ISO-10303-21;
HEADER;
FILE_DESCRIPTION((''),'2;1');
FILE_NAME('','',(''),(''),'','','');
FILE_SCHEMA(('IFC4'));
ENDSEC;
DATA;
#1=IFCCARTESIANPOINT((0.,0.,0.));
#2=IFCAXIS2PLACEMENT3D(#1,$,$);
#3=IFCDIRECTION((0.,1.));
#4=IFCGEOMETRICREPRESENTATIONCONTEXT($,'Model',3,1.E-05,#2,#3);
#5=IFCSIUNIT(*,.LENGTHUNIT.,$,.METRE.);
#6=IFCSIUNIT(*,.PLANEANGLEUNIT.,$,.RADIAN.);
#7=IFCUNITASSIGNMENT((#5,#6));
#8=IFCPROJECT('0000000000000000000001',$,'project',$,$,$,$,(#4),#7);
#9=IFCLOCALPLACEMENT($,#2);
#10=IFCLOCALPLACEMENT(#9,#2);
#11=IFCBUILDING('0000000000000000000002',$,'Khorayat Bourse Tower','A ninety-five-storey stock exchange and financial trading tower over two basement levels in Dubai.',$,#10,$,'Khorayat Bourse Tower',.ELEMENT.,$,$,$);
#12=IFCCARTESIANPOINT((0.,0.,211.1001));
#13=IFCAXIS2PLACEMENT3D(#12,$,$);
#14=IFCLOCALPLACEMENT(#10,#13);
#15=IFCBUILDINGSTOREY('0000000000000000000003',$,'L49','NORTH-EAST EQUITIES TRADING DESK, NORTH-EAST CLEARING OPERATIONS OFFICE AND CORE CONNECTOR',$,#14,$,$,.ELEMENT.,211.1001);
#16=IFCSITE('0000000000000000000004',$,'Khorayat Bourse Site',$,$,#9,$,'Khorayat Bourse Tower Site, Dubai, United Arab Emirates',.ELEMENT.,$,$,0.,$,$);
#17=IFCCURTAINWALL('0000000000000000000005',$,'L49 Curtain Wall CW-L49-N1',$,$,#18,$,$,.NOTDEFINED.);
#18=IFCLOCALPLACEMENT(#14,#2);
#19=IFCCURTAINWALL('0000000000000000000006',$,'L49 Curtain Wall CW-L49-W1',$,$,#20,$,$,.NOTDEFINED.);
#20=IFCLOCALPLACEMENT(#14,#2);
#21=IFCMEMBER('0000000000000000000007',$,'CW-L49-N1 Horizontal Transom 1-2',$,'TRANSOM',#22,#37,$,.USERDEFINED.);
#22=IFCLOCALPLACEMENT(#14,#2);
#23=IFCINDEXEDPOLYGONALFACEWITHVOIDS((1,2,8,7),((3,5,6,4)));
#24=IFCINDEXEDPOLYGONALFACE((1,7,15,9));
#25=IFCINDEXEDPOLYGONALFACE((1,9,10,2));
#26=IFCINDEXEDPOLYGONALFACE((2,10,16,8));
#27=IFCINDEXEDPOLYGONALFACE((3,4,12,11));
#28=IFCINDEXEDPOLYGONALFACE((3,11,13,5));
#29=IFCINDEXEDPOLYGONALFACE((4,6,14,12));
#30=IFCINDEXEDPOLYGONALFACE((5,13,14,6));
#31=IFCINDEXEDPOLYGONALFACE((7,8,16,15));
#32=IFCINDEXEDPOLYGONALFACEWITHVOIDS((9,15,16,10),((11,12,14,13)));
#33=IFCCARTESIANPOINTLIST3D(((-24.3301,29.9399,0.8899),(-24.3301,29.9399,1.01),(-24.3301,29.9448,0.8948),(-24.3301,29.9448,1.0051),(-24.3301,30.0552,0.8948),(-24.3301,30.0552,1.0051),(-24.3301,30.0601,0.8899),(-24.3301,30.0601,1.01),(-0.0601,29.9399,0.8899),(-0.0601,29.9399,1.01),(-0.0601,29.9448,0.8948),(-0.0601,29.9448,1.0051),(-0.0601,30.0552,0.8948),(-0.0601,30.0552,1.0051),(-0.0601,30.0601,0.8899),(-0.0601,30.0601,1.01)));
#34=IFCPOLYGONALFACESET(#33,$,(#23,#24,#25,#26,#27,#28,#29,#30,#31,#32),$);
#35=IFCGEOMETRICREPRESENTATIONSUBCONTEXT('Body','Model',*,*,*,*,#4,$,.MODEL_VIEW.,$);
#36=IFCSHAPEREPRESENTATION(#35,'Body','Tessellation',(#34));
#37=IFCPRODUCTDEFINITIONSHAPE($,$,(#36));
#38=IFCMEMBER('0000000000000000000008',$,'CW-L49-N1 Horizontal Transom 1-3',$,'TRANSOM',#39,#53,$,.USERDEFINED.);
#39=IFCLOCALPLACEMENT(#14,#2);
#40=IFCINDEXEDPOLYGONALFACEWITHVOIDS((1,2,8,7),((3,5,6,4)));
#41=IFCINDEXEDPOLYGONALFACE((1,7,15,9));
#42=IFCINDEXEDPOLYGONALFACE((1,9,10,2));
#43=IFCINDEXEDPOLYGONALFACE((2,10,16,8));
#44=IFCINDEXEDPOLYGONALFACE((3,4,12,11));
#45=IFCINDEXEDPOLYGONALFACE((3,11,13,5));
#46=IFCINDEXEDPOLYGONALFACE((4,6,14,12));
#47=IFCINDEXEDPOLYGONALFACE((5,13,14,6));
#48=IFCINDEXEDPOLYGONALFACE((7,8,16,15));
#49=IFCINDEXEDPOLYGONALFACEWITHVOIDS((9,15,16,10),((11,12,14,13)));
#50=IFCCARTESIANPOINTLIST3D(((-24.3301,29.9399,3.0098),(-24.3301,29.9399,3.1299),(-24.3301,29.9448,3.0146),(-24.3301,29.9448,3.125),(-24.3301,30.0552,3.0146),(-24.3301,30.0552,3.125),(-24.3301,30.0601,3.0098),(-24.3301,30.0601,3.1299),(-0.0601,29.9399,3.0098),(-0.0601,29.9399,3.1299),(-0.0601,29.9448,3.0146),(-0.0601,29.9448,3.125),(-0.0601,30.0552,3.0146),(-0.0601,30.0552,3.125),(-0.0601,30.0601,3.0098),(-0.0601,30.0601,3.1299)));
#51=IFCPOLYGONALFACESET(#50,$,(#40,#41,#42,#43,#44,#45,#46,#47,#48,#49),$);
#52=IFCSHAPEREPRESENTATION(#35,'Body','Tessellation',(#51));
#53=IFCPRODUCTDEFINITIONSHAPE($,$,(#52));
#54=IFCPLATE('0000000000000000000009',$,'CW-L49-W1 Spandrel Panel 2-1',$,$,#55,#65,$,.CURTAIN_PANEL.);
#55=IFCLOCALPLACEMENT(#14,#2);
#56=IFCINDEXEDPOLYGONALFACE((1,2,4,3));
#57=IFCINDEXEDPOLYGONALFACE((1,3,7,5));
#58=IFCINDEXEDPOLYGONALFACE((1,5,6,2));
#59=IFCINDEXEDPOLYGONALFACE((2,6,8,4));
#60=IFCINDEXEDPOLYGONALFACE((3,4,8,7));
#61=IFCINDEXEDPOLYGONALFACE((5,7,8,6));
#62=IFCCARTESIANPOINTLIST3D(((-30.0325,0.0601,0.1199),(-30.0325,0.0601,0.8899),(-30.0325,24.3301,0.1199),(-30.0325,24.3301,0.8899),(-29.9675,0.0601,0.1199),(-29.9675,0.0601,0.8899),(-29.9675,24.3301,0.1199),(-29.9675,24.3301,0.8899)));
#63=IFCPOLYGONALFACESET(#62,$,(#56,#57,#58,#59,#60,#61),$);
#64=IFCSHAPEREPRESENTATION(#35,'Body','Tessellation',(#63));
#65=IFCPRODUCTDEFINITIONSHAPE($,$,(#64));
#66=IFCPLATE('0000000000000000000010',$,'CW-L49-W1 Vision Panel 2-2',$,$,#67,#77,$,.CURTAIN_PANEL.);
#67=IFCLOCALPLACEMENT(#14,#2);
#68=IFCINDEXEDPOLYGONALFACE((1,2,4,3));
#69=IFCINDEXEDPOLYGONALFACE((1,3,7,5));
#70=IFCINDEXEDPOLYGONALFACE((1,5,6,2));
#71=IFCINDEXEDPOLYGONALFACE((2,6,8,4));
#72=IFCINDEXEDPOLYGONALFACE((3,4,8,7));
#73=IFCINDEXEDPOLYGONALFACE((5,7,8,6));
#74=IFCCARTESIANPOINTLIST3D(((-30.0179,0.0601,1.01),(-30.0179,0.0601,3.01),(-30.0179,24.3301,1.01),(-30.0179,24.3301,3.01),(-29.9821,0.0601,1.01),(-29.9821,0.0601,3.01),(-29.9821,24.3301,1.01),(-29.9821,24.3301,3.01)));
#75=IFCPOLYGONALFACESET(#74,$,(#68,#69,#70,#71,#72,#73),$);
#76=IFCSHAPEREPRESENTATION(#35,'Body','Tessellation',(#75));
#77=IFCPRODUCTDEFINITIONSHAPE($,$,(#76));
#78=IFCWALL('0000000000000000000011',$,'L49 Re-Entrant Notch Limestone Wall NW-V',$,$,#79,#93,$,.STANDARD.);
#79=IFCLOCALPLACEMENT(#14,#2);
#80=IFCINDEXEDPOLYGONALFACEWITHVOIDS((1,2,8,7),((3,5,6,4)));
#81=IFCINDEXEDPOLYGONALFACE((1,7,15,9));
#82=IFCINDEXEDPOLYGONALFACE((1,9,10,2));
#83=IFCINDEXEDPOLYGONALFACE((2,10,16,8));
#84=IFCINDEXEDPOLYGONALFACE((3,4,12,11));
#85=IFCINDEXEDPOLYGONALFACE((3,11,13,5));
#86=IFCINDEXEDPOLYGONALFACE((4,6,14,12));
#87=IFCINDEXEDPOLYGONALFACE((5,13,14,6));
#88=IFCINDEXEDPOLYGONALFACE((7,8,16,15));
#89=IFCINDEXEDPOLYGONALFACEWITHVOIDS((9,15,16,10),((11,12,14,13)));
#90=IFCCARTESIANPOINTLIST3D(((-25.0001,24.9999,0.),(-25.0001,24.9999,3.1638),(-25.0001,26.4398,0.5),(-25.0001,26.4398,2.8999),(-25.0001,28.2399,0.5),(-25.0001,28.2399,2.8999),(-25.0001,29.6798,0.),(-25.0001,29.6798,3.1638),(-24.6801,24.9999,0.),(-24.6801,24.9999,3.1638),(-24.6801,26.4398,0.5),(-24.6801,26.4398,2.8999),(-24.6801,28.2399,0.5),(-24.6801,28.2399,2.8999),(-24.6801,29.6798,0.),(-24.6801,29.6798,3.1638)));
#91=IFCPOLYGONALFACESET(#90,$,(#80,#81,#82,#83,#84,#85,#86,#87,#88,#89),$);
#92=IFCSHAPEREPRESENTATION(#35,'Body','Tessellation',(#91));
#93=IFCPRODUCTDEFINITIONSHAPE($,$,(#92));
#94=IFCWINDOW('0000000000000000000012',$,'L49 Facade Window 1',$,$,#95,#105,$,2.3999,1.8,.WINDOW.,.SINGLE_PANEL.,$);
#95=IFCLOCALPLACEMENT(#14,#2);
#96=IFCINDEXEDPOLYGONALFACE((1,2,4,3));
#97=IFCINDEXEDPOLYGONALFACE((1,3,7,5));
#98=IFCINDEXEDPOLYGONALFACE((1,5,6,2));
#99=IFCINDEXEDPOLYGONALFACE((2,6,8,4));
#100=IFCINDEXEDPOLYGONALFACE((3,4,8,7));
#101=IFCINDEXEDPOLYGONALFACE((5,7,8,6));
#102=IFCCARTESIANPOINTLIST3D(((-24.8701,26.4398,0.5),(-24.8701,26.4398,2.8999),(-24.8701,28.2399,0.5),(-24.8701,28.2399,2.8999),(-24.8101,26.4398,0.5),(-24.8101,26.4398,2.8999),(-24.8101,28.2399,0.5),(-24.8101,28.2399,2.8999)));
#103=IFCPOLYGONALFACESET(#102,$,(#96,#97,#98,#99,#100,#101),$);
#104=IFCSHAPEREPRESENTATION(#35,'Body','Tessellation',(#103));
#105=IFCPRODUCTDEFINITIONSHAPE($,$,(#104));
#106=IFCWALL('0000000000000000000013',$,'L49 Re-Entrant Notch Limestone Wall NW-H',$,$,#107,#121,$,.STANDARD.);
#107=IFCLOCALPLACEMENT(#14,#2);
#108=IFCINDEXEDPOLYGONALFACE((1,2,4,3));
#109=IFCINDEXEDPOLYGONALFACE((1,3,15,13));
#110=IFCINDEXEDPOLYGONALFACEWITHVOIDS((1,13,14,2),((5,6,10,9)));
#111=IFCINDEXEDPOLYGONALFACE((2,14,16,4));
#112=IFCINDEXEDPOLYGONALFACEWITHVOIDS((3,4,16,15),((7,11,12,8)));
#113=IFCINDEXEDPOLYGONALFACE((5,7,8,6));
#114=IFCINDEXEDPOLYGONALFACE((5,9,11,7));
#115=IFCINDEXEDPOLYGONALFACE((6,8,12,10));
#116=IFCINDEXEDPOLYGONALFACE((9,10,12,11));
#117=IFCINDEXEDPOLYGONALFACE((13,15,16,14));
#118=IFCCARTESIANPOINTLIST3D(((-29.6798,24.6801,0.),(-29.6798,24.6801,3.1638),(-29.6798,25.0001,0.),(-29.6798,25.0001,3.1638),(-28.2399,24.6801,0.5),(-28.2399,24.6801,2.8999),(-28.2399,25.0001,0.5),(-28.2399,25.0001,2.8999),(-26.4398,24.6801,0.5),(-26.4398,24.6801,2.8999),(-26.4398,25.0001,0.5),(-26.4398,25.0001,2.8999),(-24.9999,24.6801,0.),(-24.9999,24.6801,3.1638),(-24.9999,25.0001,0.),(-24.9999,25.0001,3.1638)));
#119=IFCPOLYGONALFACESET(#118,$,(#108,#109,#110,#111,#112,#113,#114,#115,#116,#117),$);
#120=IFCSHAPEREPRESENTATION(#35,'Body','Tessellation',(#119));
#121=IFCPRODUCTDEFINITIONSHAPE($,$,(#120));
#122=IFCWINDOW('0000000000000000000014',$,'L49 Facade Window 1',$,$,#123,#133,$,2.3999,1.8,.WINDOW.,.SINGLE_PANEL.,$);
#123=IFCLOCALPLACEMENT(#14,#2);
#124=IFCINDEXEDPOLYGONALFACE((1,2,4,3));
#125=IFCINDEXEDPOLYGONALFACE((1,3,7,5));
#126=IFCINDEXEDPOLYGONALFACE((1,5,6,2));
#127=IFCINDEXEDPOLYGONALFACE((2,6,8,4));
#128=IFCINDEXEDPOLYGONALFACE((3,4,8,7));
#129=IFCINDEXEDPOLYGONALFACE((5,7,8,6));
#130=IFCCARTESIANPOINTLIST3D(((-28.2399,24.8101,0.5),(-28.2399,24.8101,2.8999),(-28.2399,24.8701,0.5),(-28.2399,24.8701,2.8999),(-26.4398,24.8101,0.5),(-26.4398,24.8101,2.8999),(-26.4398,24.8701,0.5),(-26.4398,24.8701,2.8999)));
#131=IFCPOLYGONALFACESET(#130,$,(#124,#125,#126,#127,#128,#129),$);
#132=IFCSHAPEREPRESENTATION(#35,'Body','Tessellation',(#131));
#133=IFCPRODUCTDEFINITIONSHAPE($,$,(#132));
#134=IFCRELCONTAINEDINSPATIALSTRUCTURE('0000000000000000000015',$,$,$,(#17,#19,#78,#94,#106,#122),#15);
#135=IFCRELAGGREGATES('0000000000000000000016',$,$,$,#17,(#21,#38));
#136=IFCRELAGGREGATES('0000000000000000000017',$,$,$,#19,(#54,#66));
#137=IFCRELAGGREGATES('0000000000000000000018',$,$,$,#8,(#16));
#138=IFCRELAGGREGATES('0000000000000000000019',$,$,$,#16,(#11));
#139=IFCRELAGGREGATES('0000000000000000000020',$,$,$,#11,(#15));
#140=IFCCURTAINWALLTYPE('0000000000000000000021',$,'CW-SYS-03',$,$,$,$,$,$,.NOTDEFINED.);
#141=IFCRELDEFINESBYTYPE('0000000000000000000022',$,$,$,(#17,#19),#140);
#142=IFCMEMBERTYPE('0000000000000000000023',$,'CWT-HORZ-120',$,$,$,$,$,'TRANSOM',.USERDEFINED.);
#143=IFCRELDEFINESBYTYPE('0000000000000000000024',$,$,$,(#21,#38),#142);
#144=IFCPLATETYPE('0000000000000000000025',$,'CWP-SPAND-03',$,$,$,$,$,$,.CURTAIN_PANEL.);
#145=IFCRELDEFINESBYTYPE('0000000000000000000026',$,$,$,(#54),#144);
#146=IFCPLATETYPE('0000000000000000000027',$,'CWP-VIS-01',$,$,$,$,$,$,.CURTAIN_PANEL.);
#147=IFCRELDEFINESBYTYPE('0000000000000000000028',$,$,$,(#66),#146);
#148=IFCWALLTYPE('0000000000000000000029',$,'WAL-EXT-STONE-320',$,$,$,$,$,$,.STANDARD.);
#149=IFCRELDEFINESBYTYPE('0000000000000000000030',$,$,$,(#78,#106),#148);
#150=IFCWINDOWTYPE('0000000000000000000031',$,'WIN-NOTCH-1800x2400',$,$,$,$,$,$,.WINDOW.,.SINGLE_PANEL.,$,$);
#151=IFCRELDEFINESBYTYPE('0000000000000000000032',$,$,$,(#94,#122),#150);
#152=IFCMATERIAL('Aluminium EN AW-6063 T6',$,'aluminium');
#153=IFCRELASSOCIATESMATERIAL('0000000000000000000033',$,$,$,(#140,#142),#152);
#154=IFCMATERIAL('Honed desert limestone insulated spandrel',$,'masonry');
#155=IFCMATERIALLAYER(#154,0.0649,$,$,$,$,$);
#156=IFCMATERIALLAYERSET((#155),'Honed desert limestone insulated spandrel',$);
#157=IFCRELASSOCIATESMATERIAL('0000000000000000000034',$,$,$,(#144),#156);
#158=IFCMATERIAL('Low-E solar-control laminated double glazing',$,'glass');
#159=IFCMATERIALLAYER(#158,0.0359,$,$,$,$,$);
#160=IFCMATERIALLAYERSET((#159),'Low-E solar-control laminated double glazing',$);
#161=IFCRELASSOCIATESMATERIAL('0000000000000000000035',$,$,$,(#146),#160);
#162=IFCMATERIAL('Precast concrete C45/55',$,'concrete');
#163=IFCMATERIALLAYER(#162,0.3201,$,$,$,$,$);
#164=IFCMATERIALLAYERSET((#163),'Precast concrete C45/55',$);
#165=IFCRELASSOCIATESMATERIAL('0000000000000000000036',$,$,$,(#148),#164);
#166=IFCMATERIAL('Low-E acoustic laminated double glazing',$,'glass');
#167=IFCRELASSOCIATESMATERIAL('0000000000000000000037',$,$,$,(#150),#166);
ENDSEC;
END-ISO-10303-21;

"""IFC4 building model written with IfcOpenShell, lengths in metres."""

from ifc_helpers import new_model, si_unit, direction, frame, frame_2d, origin, origin_2d, place, context, subcontext, project, spatial, rectangle, hollow_rectangle, extrude, source, transform, mapped, material, layer, layer_set, material_profile, profile_set, type_object, element, fill, aggregate, save


model = new_model("IFC4")

# Units and contexts
model_context = context("Model", 3, precision=1e-05, world=origin(), true_north=direction((0.0, 1.0)))
body_context = subcontext(model_context, "Body", "Model", "MODEL_VIEW")
ifc_project = project(units=[si_unit("LENGTHUNIT", "METRE"), si_unit("PLANEANGLEUNIT", "RADIAN")], contexts=[model_context])

# Site, building, storey
site_placement = place(None, origin())
site = spatial("IfcSite", under=ifc_project, at=site_placement, Name="Khorayat Bourse Site", LongName="Khorayat Bourse Tower Site, Dubai, United Arab Emirates", CompositionType="ELEMENT", RefElevation=0.0)
building_placement = place(site_placement, origin())
building = spatial("IfcBuilding", under=site, at=building_placement, Name="Khorayat Bourse Tower", Description="A ninety-five-storey stock exchange and financial trading tower over two basement levels in Dubai.", LongName="Khorayat Bourse Tower", CompositionType="ELEMENT")
storey_placement = place(building_placement, frame((0.0, 0.0, 211.1001)))
storey = spatial("IfcBuildingStorey", under=building, at=storey_placement, Name="L49", Description="NORTH-EAST EQUITIES TRADING DESK, NORTH-EAST CLEARING OPERATIONS OFFICE AND CORE CONNECTOR", CompositionType="ELEMENT", Elevation=211.1001)

# Curtain wall
ifc_material_1 = material(Name="Aluminium EN AW-6063 T6", Category="aluminium")
curtain_wall_type = type_object("IfcCurtainWallType", Name="CW-SYS-03", PredefinedType="NOTDEFINED", material=ifc_material_1)
curtain_wall_1_placement = place(storey_placement, origin())
curtain_wall_1 = element("IfcCurtainWall", 1, at=curtain_wall_1_placement, inside=storey, type_object=curtain_wall_type, Name="L49 Curtain Wall CW-L49-N1", PredefinedType="NOTDEFINED")

# Curtain wall
curtain_wall_2_placement = place(storey_placement, origin())
curtain_wall_2 = element("IfcCurtainWall", 2, at=curtain_wall_2_placement, inside=storey, type_object=curtain_wall_type, Name="L49 Curtain Wall CW-L49-W1", PredefinedType="NOTDEFINED")

# Members
ifc_material_profile_1 = material_profile(ifc_material_1, hollow_rectangle(XDim=0.1201, YDim=0.1201, WallThickness=0.0049, at=origin_2d()), Name="ALU 120x120x5")
ifc_profile_set_1 = profile_set([ifc_material_profile_1], Name="Aluminium EN AW-6063 T6")
member_type_1 = type_object("IfcMemberType", Name="CWT-HORZ-120", ElementType="TRANSOM", PredefinedType="USERDEFINED", material=ifc_profile_set_1)
shared_shape_1 = source(origin(), body_context, "Body", "SweptSolid", [
    extrude(hollow_rectangle(XDim=0.1201, YDim=0.1201, WallThickness=0.0049, at=origin_2d()), origin(), (0.0, 0.0, 1.0), 24.27),
])
member_1_placement = place(storey_placement, frame((-24.3301, 30.0, 0.95), z_axis=(1.0, 0.0, 0.0), x_axis=(0.0, 1.0, 0.0)))
member_1 = element("IfcMember", 3, at=member_1_placement, type_object=member_type_1, Name="CW-L49-N1 Horizontal Transom 1-2", ObjectType="TRANSOM", PredefinedType="USERDEFINED", context=body_context, shape_type="MappedRepresentation", body=[
    mapped(shared_shape_1, transform((0.0, 0.0, 0.0), scale=1.0)),
])
member_2_placement = place(storey_placement, frame((-24.3301, 30.0, 3.0698), z_axis=(1.0, 0.0, 0.0), x_axis=(0.0, 1.0, 0.0)))
member_2 = element("IfcMember", 4, at=member_2_placement, type_object=member_type_1, Name="CW-L49-N1 Horizontal Transom 1-3", ObjectType="TRANSOM", PredefinedType="USERDEFINED", context=body_context, shape_type="MappedRepresentation", body=[
    mapped(shared_shape_1, transform((0.0, 0.0, 0.0), scale=1.0)),
])
aggregate(curtain_wall_1, [member_1, member_2])

# Plates
ifc_material_2 = material(Name="Honed desert limestone insulated spandrel", Category="masonry")
ifc_layer_1 = layer(ifc_material_2, 0.0649)
ifc_layer_set_1 = layer_set([ifc_layer_1], Name="Honed desert limestone insulated spandrel")
plate_type_1 = type_object("IfcPlateType", Name="CWP-SPAND-03", PredefinedType="CURTAIN_PANEL", material=ifc_layer_set_1)
shared_shape_2 = source(origin(), body_context, "Body", "SweptSolid", [
    extrude(rectangle(XDim=24.27, YDim=0.0649, at=origin_2d()), origin(), (0.0, 0.0, 1.0), 0.77),
])
plate_1_placement = place(storey_placement, frame((-30.0, 12.1951, 0.1199), z_axis=(0.0, 0.0, 1.0), x_axis=(0.0, 1.0, 0.0)))
plate_1 = element("IfcPlate", 5, at=plate_1_placement, type_object=plate_type_1, Name="CW-L49-W1 Spandrel Panel 2-1", PredefinedType="CURTAIN_PANEL", context=body_context, shape_type="MappedRepresentation", body=[
    mapped(shared_shape_2, transform((0.0, 0.0, 0.0), scale=1.0)),
])
ifc_material_3 = material(Name="Low-E solar-control laminated double glazing", Category="glass")
ifc_layer_2 = layer(ifc_material_3, 0.0359)
ifc_layer_set_2 = layer_set([ifc_layer_2], Name="Low-E solar-control laminated double glazing")
plate_type_2 = type_object("IfcPlateType", Name="CWP-VIS-01", PredefinedType="CURTAIN_PANEL", material=ifc_layer_set_2)
shared_shape_3 = source(origin(), body_context, "Body", "SweptSolid", [
    extrude(rectangle(XDim=24.27, YDim=0.0359, at=origin_2d()), origin(), (0.0, 0.0, 1.0), 2.0),
])
plate_2_placement = place(storey_placement, frame((-30.0, 12.1951, 1.01), z_axis=(0.0, 0.0, 1.0), x_axis=(0.0, 1.0, 0.0)))
plate_2 = element("IfcPlate", 6, at=plate_2_placement, type_object=plate_type_2, Name="CW-L49-W1 Vision Panel 2-2", PredefinedType="CURTAIN_PANEL", context=body_context, shape_type="MappedRepresentation", body=[
    mapped(shared_shape_3, transform((0.0, 0.0, 0.0), scale=1.0)),
])
aggregate(curtain_wall_2, [plate_1, plate_2])

# Walls, openings, windows
ifc_material_4 = material(Name="Precast concrete C45/55", Category="concrete")
ifc_layer_3 = layer(ifc_material_4, 0.3201)
ifc_layer_set_3 = layer_set([ifc_layer_3], Name="Precast concrete C45/55")
wall_type = type_object("IfcWallType", Name="WAL-EXT-STONE-320", PredefinedType="STANDARD", material=ifc_layer_set_3)
shared_shape_4 = source(origin(), body_context, "Body", "SweptSolid", [
    extrude(rectangle(XDim=4.6799, YDim=0.3201, at=frame_2d((2.3398, 0.0))), origin(), (0.0, 0.0, 1.0), 3.1638),
])
wall_1_placement = place(storey_placement, frame((-24.8401, 25.0, 0.0), z_axis=(0.0, 0.0, 1.0), x_axis=(0.0, 1.0, 0.0)))
wall_1 = element("IfcWall", 7, at=wall_1_placement, inside=storey, type_object=wall_type, Name="L49 Re-Entrant Notch Limestone Wall NW-V", PredefinedType="STANDARD", context=body_context, shape_type="MappedRepresentation", body=[
    mapped(shared_shape_4, transform((0.0, 0.0, 0.0), scale=1.0)),
])
shared_shape_5 = source(origin(), body_context, "Body", "SweptSolid", [
    extrude(rectangle(XDim=1.8, YDim=2.3999, at=frame_2d((0.8999, 1.2))), frame((0.0, 0.1699, 0.0), z_axis=(0.0, -1.0, 0.0), x_axis=(1.0, 0.0, 0.0)), (0.0, 0.0, 1.0), 0.3401),
])
opening_1_placement = place(wall_1_placement, frame((1.4399, 0.0, 0.5)))
opening_1 = element("IfcOpeningElement", 8, at=opening_1_placement, cuts=wall_1, PredefinedType="OPENING", context=body_context, shape_type="MappedRepresentation", body=[
    mapped(shared_shape_5, transform((0.0, 0.0, 0.0), scale=1.0)),
])
ifc_material_5 = material(Name="Low-E acoustic laminated double glazing", Category="glass")
window_type = type_object("IfcWindowType", Name="WIN-NOTCH-1800x2400", PartitioningType="SINGLE_PANEL", PredefinedType="WINDOW", material=ifc_material_5)
shared_shape_6 = source(origin(), body_context, "Body", "SweptSolid", [
    extrude(rectangle(XDim=1.8, YDim=2.3999, at=frame_2d((0.8999, 1.2))), frame((0.0, 0.03, 0.0), z_axis=(0.0, -1.0, 0.0), x_axis=(1.0, 0.0, 0.0)), (0.0, 0.0, 1.0), 0.0601),
])
window_1_placement = place(opening_1_placement, origin())
window_1 = element("IfcWindow", 9, at=window_1_placement, inside=storey, type_object=window_type, Name="L49 Facade Window 1", OverallHeight=2.3999, OverallWidth=1.8, PartitioningType="SINGLE_PANEL", PredefinedType="WINDOW", context=body_context, shape_type="MappedRepresentation", body=[
    mapped(shared_shape_6, transform((0.0, 0.0, 0.0), scale=1.0)),
])
fill(opening_1, window_1)
wall_2_placement = place(storey_placement, frame((-25.0, 24.8401, 0.0), z_axis=(0.0, 0.0, 1.0), x_axis=(-1.0, 0.0, 0.0)))
wall_2 = element("IfcWall", 10, at=wall_2_placement, inside=storey, type_object=wall_type, Name="L49 Re-Entrant Notch Limestone Wall NW-H", PredefinedType="STANDARD", context=body_context, shape_type="MappedRepresentation", body=[
    mapped(shared_shape_4, transform((0.0, 0.0, 0.0), scale=1.0)),
])
opening_2_placement = place(wall_2_placement, frame((1.4399, 0.0, 0.5)))
opening_2 = element("IfcOpeningElement", 11, at=opening_2_placement, cuts=wall_2, PredefinedType="OPENING", context=body_context, shape_type="MappedRepresentation", body=[
    mapped(shared_shape_5, transform((0.0, 0.0, 0.0), scale=1.0)),
])
window_2_placement = place(opening_2_placement, origin())
window_2 = element("IfcWindow", 12, at=window_2_placement, inside=storey, type_object=window_type, Name="L49 Facade Window 1", OverallHeight=2.3999, OverallWidth=1.8, PartitioningType="SINGLE_PANEL", PredefinedType="WINDOW", context=body_context, shape_type="MappedRepresentation", body=[
    mapped(shared_shape_6, transform((0.0, 0.0, 0.0), scale=1.0)),
])
fill(opening_2, window_2)

save(model, "model.ifc")
